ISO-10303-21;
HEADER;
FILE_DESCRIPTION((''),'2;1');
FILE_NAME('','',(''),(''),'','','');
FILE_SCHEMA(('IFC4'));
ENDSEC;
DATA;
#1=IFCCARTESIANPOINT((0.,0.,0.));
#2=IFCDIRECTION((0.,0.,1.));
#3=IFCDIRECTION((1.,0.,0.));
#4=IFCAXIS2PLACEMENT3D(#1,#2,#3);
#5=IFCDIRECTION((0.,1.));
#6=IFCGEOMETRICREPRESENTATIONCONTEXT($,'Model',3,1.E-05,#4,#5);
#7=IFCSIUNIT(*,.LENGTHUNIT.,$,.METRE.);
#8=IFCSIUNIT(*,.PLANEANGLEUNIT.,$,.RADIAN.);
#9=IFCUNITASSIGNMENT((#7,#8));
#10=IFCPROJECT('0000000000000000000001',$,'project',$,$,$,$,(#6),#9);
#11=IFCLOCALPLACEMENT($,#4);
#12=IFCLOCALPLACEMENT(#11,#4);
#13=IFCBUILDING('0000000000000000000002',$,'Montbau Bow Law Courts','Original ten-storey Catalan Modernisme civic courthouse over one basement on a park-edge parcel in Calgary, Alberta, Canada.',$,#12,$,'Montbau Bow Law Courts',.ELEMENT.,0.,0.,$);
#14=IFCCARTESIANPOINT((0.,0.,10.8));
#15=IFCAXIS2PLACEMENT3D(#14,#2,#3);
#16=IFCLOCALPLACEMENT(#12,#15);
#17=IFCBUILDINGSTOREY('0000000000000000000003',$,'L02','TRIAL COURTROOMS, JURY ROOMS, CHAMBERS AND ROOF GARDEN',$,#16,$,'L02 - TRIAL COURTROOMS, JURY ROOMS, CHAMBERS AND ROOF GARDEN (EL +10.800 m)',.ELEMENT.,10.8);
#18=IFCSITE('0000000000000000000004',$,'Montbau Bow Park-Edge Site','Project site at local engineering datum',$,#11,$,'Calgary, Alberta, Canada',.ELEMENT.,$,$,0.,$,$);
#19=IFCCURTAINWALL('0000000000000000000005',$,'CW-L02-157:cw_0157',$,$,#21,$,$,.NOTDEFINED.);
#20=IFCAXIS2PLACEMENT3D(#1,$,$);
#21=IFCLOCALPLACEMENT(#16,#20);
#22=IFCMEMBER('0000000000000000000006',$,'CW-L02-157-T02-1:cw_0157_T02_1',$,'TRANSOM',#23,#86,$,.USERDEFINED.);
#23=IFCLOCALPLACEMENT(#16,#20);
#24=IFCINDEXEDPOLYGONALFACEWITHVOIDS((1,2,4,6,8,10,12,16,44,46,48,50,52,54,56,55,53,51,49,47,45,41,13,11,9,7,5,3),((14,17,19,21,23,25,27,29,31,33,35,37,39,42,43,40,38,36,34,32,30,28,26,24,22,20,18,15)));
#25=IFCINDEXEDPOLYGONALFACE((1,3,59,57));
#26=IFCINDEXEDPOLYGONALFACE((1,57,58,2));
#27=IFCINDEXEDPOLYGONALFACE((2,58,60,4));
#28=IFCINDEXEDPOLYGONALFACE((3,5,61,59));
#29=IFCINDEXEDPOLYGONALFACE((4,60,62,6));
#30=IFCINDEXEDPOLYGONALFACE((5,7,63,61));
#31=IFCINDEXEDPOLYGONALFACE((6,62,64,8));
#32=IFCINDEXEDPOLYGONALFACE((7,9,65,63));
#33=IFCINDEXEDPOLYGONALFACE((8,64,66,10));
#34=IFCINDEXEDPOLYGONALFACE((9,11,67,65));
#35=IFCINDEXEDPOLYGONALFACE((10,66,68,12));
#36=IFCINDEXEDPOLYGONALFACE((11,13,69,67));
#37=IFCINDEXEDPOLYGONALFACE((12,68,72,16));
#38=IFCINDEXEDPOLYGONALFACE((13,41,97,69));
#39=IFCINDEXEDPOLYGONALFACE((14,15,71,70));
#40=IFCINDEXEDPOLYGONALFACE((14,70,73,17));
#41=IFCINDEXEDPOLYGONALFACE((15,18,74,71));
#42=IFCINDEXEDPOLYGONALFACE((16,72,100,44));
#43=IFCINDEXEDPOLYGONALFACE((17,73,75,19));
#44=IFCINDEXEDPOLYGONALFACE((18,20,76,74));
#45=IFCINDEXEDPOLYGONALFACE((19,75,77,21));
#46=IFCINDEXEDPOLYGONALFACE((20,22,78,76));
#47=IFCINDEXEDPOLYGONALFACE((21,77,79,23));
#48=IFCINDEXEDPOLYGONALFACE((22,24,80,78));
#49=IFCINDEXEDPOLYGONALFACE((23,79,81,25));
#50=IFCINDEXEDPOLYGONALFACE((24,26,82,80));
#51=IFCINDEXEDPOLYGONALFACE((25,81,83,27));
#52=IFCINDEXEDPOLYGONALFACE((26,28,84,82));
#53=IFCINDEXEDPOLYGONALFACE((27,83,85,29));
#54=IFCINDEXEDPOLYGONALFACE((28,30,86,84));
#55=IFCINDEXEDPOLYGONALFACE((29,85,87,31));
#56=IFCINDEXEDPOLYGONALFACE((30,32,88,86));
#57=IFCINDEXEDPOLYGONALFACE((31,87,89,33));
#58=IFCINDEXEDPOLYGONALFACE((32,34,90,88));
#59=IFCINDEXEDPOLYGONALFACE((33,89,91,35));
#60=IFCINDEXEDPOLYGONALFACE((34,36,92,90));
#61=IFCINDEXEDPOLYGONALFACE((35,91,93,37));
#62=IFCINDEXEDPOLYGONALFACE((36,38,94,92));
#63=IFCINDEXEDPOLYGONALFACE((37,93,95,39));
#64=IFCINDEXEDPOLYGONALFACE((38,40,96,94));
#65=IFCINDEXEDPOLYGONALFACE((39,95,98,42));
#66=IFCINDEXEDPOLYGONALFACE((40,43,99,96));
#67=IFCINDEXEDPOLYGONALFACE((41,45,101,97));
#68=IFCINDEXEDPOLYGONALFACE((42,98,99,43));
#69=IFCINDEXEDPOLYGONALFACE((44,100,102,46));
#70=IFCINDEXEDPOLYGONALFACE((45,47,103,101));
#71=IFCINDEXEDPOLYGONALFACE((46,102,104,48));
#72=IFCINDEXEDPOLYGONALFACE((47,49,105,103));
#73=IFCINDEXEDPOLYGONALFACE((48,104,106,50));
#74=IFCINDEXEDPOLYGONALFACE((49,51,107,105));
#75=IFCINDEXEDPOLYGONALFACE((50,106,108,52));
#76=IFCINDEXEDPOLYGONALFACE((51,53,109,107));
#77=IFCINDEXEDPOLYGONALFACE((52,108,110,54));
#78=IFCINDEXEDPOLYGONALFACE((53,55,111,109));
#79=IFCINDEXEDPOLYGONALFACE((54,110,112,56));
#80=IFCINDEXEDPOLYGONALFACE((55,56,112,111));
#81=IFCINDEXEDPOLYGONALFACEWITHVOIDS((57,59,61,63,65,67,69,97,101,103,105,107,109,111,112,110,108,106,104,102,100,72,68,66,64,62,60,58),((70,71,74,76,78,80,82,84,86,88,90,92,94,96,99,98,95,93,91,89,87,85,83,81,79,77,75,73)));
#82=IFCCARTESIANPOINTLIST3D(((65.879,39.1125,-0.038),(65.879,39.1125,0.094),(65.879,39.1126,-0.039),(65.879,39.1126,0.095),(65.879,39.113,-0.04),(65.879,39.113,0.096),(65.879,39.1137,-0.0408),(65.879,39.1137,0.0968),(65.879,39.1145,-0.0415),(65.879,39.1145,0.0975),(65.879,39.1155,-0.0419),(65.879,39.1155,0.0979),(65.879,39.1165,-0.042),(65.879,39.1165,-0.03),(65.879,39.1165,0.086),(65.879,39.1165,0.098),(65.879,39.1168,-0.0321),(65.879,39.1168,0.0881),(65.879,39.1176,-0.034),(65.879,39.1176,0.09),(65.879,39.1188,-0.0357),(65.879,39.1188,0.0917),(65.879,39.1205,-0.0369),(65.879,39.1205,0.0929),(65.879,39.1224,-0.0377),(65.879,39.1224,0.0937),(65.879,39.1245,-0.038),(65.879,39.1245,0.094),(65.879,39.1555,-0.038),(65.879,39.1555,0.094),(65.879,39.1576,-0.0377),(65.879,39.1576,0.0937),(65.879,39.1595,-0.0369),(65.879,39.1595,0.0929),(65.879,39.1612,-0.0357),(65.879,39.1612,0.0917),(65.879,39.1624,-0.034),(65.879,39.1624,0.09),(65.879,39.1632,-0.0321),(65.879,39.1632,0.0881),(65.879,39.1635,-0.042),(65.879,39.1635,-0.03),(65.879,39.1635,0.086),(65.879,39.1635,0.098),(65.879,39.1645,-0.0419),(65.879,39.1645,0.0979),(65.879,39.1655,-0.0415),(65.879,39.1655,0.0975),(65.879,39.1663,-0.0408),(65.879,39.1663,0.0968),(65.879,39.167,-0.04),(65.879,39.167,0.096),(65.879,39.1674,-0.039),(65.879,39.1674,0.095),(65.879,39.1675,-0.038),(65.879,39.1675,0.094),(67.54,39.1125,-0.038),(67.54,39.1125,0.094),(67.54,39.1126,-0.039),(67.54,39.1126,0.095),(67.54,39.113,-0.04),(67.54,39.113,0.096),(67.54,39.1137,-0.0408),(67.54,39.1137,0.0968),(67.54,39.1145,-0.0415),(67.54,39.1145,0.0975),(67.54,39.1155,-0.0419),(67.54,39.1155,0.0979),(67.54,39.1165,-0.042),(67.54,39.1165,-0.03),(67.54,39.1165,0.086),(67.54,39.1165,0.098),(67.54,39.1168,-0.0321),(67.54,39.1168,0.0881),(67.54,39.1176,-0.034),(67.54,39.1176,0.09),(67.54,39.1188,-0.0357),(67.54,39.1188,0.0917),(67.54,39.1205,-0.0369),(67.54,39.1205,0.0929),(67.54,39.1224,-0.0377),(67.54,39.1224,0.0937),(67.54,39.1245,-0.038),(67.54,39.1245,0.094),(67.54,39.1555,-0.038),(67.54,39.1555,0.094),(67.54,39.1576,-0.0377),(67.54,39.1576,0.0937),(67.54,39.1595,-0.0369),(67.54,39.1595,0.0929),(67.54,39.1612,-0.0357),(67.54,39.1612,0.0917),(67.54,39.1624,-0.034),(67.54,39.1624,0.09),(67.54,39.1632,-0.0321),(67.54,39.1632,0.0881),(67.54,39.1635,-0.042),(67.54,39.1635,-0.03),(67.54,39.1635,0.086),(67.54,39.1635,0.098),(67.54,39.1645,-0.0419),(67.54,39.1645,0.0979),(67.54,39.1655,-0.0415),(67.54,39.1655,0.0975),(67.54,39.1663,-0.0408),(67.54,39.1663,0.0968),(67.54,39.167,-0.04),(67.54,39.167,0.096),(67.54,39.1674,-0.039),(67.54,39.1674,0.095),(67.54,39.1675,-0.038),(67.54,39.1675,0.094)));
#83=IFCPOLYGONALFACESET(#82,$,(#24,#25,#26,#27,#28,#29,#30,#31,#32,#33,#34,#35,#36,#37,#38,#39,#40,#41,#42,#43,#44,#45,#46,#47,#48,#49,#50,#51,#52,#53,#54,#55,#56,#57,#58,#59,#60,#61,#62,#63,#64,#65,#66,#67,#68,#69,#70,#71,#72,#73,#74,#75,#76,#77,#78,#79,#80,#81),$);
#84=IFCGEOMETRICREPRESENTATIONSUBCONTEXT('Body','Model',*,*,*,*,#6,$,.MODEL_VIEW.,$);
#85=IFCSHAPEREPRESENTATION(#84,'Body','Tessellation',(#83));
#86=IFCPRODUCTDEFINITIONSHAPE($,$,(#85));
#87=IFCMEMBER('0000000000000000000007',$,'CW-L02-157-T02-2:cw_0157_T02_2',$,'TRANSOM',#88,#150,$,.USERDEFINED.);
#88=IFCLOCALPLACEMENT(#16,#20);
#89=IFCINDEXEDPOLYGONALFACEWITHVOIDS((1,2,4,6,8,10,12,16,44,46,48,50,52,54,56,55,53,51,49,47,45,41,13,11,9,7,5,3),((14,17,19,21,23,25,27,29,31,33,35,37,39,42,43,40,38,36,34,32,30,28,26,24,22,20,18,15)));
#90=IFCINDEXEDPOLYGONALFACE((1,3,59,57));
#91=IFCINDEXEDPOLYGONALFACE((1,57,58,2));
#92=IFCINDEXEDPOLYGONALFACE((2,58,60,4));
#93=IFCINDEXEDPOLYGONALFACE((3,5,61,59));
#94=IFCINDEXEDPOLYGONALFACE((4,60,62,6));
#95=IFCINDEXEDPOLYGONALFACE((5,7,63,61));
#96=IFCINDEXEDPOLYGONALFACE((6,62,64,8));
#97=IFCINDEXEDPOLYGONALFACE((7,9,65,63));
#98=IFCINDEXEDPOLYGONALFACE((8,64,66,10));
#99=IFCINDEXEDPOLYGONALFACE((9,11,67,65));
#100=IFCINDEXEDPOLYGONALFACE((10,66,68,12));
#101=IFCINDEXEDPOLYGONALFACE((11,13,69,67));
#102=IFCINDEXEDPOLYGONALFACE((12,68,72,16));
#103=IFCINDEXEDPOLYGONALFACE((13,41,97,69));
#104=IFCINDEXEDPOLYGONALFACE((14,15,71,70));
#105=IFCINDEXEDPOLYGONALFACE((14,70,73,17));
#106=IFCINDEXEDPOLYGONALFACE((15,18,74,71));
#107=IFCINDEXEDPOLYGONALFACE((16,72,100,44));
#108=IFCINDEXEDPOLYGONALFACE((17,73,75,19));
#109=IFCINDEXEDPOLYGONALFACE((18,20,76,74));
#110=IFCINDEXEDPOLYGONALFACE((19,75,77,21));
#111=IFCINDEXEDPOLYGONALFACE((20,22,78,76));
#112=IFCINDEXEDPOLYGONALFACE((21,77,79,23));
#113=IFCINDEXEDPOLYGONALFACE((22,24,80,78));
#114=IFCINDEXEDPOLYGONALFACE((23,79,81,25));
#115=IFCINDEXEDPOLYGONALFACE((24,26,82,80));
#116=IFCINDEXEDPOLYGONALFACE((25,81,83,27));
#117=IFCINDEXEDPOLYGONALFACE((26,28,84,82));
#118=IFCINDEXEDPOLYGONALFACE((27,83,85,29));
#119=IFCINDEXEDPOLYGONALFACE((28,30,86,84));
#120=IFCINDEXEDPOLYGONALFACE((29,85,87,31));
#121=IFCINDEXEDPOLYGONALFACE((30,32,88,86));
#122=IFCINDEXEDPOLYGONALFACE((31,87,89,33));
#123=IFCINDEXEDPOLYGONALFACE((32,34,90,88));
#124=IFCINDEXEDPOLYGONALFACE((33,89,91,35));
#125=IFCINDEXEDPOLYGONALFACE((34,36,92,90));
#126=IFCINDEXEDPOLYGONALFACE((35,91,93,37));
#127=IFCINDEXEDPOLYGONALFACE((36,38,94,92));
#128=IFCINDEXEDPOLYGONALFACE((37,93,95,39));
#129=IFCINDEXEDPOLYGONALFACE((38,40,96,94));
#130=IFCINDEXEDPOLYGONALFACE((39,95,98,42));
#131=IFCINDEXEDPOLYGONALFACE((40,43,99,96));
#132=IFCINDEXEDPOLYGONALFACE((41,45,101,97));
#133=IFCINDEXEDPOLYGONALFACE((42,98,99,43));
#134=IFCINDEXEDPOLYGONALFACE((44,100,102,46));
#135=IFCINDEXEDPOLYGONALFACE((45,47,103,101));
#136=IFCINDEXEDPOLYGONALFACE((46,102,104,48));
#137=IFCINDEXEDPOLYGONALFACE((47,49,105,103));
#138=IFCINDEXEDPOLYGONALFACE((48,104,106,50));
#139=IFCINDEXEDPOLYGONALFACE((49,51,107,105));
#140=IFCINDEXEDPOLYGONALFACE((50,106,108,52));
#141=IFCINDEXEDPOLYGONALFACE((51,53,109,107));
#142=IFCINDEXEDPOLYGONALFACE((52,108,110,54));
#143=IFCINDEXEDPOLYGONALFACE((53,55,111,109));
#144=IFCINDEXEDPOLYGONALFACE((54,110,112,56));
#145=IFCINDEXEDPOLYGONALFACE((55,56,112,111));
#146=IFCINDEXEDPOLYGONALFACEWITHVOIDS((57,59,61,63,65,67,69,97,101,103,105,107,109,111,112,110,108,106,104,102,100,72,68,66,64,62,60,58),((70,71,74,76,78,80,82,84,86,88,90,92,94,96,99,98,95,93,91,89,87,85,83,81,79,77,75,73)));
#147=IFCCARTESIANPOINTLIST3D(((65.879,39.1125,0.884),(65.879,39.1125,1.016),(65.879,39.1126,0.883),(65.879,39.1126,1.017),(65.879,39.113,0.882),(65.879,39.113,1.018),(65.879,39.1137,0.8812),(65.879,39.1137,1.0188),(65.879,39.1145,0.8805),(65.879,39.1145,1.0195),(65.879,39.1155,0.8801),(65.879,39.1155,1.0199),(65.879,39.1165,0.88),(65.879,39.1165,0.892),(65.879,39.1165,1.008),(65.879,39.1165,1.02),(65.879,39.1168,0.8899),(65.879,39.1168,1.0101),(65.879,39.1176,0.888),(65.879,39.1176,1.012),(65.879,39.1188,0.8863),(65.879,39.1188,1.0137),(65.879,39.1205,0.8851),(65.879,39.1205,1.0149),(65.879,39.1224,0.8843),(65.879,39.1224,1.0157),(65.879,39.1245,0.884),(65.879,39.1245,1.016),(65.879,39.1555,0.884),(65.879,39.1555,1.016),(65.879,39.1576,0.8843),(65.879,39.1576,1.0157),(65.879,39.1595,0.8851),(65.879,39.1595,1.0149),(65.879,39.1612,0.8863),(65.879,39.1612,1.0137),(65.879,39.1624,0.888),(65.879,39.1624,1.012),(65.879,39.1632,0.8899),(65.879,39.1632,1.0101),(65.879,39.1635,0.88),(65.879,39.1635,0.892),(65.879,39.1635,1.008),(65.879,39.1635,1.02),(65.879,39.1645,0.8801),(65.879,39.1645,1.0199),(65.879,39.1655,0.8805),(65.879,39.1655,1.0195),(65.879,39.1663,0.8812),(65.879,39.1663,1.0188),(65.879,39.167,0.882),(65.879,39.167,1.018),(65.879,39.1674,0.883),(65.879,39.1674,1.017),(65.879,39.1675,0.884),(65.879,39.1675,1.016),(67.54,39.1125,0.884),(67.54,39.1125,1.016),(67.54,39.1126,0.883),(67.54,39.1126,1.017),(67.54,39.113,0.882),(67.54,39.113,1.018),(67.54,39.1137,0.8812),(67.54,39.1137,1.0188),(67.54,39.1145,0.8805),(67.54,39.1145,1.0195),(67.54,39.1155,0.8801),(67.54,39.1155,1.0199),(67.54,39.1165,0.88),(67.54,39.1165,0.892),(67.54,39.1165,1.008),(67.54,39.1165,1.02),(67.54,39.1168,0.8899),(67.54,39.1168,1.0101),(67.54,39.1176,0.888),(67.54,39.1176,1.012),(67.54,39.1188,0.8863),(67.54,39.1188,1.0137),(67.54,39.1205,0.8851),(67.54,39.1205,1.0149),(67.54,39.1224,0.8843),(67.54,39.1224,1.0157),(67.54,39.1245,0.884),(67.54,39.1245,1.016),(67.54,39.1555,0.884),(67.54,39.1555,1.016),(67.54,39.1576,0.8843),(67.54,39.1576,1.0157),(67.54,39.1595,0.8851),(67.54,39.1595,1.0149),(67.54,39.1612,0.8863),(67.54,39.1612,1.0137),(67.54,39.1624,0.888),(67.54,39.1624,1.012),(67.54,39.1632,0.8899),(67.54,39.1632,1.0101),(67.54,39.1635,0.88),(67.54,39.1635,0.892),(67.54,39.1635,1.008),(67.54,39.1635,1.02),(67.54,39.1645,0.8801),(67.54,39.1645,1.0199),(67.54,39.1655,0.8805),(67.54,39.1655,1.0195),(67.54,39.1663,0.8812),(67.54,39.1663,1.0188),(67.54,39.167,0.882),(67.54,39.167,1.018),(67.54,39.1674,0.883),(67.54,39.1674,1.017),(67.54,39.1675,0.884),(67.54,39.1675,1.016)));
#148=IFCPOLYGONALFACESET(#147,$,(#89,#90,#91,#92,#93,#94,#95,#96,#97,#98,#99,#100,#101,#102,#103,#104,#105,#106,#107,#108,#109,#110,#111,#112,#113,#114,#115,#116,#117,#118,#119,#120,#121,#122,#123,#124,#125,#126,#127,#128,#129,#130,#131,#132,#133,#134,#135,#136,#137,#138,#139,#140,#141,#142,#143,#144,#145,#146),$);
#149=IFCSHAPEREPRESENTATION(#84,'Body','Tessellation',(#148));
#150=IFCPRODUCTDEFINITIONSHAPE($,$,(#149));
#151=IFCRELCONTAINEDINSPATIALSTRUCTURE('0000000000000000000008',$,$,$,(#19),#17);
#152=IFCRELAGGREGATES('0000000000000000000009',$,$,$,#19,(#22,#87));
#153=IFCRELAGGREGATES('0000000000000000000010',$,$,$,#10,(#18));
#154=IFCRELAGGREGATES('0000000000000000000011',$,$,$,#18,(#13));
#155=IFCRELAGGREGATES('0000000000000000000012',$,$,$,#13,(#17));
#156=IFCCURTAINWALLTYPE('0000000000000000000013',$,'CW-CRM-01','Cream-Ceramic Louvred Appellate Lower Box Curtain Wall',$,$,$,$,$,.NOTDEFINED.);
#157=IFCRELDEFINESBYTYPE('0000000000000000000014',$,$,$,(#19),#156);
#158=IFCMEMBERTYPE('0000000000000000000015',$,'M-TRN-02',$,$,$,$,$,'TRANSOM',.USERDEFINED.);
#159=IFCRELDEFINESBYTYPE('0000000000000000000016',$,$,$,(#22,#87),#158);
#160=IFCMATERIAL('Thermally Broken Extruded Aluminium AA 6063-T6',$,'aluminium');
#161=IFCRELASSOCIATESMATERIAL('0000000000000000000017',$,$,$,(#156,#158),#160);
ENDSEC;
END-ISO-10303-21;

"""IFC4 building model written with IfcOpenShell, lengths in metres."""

from ifc_helpers import new_model, si_unit, direction, frame, origin_with_axes, origin_2d_with_axis, place, context, subcontext, project, spatial, hollow_rectangle, extrude, material, material_profile, profile_set, type_object, element, aggregate, save


model = new_model("IFC4")

# Units and contexts
model_context = context("Model", 3, precision=1e-05, world=origin_with_axes(), true_north=direction((0.0, 1.0)))
body_context = subcontext(model_context, "Body", "Model", "MODEL_VIEW")
ifc_project = project(units=[si_unit("LENGTHUNIT", "METRE"), si_unit("PLANEANGLEUNIT", "RADIAN")], contexts=[model_context])

# Site, building, storey
site_placement = place(None, origin_with_axes())
site = spatial("IfcSite", under=ifc_project, at=site_placement, Name="Montbau Bow Park-Edge Site", Description="Project site at local engineering datum", LongName="Calgary, Alberta, Canada", CompositionType="ELEMENT", RefElevation=0.0)
building_placement = place(site_placement, origin_with_axes())
building = spatial("IfcBuilding", under=site, at=building_placement, Name="Montbau Bow Law Courts", Description="Original ten-storey Catalan Modernisme civic courthouse over one basement on a park-edge parcel in Calgary, Alberta, Canada.", LongName="Montbau Bow Law Courts", CompositionType="ELEMENT", ElevationOfRefHeight=0.0, ElevationOfTerrain=0.0)
storey_placement = place(building_placement, frame((0.0, 0.0, 10.8), z_axis=(0.0, 0.0, 1.0), x_axis=(1.0, 0.0, 0.0)))
storey = spatial("IfcBuildingStorey", under=building, at=storey_placement, Name="L02", Description="TRIAL COURTROOMS, JURY ROOMS, CHAMBERS AND ROOF GARDEN", LongName="L02 - TRIAL COURTROOMS, JURY ROOMS, CHAMBERS AND ROOF GARDEN (EL +10.800 m)", CompositionType="ELEMENT", Elevation=10.8)

# Curtain wall, members
ifc_material_1 = material(Name="Thermally Broken Extruded Aluminium AA 6063-T6", Category="aluminium")
curtain_wall_type = type_object("IfcCurtainWallType", Name="CW-CRM-01", Description="Cream-Ceramic Louvred Appellate Lower Box Curtain Wall", PredefinedType="NOTDEFINED", material=ifc_material_1)
curtain_wall_placement = place(None, frame((64.115, 39.14, 10.8), z_axis=(0.0, 0.0, 1.0), x_axis=(1.0, 0.0, 0.0)))
curtain_wall = element("IfcCurtainWall", 1, at=curtain_wall_placement, inside=storey, type_object=curtain_wall_type, Name="CW-L02-157:cw_0157", PredefinedType="NOTDEFINED")
ifc_material_profile_1 = material_profile(ifc_material_1, hollow_rectangle(XDim=0.055, YDim=0.14, WallThickness=0.004, InnerFilletRadius=0.008, OuterFilletRadius=0.004, at=origin_2d_with_axis()), Name="CWT-140X55", Category="Main", Priority=0)
ifc_profile_set_1 = profile_set([ifc_material_profile_1], Name="Thermally Broken Extruded Aluminium AA 6063-T6")
member_type_1 = type_object("IfcMemberType", Name="M-TRN-02", ElementType="TRANSOM", PredefinedType="USERDEFINED", material=ifc_profile_set_1)
member_1_placement = place(None, frame((65.879, 39.14, 10.828), z_axis=(1.0, 0.0, 0.0), x_axis=(0.0, 1.0, 0.0)))
member_1 = element("IfcMember", 2, at=member_1_placement, type_object=member_type_1, Name="CW-L02-157-T02-1:cw_0157_T02_1", ObjectType="TRANSOM", PredefinedType="USERDEFINED", context=body_context, shape_type="SweptSolid", body=[
    extrude(hollow_rectangle(XDim=0.055, YDim=0.14, WallThickness=0.004, InnerFilletRadius=0.008, OuterFilletRadius=0.004, at=origin_2d_with_axis()), origin_with_axes(), (0.0, 0.0, 1.0), 1.661),
])
member_2_placement = place(None, frame((65.879, 39.14, 11.75), z_axis=(1.0, 0.0, 0.0), x_axis=(0.0, 1.0, 0.0)))
member_2 = element("IfcMember", 3, at=member_2_placement, type_object=member_type_1, Name="CW-L02-157-T02-2:cw_0157_T02_2", ObjectType="TRANSOM", PredefinedType="USERDEFINED", context=body_context, shape_type="SweptSolid", body=[
    extrude(hollow_rectangle(XDim=0.055, YDim=0.14, WallThickness=0.004, InnerFilletRadius=0.008, OuterFilletRadius=0.004, at=origin_2d_with_axis()), origin_with_axes(), (0.0, 0.0, 1.0), 1.661),
])
aggregate(curtain_wall, [member_1, member_2])

save(model, "model.ifc")
